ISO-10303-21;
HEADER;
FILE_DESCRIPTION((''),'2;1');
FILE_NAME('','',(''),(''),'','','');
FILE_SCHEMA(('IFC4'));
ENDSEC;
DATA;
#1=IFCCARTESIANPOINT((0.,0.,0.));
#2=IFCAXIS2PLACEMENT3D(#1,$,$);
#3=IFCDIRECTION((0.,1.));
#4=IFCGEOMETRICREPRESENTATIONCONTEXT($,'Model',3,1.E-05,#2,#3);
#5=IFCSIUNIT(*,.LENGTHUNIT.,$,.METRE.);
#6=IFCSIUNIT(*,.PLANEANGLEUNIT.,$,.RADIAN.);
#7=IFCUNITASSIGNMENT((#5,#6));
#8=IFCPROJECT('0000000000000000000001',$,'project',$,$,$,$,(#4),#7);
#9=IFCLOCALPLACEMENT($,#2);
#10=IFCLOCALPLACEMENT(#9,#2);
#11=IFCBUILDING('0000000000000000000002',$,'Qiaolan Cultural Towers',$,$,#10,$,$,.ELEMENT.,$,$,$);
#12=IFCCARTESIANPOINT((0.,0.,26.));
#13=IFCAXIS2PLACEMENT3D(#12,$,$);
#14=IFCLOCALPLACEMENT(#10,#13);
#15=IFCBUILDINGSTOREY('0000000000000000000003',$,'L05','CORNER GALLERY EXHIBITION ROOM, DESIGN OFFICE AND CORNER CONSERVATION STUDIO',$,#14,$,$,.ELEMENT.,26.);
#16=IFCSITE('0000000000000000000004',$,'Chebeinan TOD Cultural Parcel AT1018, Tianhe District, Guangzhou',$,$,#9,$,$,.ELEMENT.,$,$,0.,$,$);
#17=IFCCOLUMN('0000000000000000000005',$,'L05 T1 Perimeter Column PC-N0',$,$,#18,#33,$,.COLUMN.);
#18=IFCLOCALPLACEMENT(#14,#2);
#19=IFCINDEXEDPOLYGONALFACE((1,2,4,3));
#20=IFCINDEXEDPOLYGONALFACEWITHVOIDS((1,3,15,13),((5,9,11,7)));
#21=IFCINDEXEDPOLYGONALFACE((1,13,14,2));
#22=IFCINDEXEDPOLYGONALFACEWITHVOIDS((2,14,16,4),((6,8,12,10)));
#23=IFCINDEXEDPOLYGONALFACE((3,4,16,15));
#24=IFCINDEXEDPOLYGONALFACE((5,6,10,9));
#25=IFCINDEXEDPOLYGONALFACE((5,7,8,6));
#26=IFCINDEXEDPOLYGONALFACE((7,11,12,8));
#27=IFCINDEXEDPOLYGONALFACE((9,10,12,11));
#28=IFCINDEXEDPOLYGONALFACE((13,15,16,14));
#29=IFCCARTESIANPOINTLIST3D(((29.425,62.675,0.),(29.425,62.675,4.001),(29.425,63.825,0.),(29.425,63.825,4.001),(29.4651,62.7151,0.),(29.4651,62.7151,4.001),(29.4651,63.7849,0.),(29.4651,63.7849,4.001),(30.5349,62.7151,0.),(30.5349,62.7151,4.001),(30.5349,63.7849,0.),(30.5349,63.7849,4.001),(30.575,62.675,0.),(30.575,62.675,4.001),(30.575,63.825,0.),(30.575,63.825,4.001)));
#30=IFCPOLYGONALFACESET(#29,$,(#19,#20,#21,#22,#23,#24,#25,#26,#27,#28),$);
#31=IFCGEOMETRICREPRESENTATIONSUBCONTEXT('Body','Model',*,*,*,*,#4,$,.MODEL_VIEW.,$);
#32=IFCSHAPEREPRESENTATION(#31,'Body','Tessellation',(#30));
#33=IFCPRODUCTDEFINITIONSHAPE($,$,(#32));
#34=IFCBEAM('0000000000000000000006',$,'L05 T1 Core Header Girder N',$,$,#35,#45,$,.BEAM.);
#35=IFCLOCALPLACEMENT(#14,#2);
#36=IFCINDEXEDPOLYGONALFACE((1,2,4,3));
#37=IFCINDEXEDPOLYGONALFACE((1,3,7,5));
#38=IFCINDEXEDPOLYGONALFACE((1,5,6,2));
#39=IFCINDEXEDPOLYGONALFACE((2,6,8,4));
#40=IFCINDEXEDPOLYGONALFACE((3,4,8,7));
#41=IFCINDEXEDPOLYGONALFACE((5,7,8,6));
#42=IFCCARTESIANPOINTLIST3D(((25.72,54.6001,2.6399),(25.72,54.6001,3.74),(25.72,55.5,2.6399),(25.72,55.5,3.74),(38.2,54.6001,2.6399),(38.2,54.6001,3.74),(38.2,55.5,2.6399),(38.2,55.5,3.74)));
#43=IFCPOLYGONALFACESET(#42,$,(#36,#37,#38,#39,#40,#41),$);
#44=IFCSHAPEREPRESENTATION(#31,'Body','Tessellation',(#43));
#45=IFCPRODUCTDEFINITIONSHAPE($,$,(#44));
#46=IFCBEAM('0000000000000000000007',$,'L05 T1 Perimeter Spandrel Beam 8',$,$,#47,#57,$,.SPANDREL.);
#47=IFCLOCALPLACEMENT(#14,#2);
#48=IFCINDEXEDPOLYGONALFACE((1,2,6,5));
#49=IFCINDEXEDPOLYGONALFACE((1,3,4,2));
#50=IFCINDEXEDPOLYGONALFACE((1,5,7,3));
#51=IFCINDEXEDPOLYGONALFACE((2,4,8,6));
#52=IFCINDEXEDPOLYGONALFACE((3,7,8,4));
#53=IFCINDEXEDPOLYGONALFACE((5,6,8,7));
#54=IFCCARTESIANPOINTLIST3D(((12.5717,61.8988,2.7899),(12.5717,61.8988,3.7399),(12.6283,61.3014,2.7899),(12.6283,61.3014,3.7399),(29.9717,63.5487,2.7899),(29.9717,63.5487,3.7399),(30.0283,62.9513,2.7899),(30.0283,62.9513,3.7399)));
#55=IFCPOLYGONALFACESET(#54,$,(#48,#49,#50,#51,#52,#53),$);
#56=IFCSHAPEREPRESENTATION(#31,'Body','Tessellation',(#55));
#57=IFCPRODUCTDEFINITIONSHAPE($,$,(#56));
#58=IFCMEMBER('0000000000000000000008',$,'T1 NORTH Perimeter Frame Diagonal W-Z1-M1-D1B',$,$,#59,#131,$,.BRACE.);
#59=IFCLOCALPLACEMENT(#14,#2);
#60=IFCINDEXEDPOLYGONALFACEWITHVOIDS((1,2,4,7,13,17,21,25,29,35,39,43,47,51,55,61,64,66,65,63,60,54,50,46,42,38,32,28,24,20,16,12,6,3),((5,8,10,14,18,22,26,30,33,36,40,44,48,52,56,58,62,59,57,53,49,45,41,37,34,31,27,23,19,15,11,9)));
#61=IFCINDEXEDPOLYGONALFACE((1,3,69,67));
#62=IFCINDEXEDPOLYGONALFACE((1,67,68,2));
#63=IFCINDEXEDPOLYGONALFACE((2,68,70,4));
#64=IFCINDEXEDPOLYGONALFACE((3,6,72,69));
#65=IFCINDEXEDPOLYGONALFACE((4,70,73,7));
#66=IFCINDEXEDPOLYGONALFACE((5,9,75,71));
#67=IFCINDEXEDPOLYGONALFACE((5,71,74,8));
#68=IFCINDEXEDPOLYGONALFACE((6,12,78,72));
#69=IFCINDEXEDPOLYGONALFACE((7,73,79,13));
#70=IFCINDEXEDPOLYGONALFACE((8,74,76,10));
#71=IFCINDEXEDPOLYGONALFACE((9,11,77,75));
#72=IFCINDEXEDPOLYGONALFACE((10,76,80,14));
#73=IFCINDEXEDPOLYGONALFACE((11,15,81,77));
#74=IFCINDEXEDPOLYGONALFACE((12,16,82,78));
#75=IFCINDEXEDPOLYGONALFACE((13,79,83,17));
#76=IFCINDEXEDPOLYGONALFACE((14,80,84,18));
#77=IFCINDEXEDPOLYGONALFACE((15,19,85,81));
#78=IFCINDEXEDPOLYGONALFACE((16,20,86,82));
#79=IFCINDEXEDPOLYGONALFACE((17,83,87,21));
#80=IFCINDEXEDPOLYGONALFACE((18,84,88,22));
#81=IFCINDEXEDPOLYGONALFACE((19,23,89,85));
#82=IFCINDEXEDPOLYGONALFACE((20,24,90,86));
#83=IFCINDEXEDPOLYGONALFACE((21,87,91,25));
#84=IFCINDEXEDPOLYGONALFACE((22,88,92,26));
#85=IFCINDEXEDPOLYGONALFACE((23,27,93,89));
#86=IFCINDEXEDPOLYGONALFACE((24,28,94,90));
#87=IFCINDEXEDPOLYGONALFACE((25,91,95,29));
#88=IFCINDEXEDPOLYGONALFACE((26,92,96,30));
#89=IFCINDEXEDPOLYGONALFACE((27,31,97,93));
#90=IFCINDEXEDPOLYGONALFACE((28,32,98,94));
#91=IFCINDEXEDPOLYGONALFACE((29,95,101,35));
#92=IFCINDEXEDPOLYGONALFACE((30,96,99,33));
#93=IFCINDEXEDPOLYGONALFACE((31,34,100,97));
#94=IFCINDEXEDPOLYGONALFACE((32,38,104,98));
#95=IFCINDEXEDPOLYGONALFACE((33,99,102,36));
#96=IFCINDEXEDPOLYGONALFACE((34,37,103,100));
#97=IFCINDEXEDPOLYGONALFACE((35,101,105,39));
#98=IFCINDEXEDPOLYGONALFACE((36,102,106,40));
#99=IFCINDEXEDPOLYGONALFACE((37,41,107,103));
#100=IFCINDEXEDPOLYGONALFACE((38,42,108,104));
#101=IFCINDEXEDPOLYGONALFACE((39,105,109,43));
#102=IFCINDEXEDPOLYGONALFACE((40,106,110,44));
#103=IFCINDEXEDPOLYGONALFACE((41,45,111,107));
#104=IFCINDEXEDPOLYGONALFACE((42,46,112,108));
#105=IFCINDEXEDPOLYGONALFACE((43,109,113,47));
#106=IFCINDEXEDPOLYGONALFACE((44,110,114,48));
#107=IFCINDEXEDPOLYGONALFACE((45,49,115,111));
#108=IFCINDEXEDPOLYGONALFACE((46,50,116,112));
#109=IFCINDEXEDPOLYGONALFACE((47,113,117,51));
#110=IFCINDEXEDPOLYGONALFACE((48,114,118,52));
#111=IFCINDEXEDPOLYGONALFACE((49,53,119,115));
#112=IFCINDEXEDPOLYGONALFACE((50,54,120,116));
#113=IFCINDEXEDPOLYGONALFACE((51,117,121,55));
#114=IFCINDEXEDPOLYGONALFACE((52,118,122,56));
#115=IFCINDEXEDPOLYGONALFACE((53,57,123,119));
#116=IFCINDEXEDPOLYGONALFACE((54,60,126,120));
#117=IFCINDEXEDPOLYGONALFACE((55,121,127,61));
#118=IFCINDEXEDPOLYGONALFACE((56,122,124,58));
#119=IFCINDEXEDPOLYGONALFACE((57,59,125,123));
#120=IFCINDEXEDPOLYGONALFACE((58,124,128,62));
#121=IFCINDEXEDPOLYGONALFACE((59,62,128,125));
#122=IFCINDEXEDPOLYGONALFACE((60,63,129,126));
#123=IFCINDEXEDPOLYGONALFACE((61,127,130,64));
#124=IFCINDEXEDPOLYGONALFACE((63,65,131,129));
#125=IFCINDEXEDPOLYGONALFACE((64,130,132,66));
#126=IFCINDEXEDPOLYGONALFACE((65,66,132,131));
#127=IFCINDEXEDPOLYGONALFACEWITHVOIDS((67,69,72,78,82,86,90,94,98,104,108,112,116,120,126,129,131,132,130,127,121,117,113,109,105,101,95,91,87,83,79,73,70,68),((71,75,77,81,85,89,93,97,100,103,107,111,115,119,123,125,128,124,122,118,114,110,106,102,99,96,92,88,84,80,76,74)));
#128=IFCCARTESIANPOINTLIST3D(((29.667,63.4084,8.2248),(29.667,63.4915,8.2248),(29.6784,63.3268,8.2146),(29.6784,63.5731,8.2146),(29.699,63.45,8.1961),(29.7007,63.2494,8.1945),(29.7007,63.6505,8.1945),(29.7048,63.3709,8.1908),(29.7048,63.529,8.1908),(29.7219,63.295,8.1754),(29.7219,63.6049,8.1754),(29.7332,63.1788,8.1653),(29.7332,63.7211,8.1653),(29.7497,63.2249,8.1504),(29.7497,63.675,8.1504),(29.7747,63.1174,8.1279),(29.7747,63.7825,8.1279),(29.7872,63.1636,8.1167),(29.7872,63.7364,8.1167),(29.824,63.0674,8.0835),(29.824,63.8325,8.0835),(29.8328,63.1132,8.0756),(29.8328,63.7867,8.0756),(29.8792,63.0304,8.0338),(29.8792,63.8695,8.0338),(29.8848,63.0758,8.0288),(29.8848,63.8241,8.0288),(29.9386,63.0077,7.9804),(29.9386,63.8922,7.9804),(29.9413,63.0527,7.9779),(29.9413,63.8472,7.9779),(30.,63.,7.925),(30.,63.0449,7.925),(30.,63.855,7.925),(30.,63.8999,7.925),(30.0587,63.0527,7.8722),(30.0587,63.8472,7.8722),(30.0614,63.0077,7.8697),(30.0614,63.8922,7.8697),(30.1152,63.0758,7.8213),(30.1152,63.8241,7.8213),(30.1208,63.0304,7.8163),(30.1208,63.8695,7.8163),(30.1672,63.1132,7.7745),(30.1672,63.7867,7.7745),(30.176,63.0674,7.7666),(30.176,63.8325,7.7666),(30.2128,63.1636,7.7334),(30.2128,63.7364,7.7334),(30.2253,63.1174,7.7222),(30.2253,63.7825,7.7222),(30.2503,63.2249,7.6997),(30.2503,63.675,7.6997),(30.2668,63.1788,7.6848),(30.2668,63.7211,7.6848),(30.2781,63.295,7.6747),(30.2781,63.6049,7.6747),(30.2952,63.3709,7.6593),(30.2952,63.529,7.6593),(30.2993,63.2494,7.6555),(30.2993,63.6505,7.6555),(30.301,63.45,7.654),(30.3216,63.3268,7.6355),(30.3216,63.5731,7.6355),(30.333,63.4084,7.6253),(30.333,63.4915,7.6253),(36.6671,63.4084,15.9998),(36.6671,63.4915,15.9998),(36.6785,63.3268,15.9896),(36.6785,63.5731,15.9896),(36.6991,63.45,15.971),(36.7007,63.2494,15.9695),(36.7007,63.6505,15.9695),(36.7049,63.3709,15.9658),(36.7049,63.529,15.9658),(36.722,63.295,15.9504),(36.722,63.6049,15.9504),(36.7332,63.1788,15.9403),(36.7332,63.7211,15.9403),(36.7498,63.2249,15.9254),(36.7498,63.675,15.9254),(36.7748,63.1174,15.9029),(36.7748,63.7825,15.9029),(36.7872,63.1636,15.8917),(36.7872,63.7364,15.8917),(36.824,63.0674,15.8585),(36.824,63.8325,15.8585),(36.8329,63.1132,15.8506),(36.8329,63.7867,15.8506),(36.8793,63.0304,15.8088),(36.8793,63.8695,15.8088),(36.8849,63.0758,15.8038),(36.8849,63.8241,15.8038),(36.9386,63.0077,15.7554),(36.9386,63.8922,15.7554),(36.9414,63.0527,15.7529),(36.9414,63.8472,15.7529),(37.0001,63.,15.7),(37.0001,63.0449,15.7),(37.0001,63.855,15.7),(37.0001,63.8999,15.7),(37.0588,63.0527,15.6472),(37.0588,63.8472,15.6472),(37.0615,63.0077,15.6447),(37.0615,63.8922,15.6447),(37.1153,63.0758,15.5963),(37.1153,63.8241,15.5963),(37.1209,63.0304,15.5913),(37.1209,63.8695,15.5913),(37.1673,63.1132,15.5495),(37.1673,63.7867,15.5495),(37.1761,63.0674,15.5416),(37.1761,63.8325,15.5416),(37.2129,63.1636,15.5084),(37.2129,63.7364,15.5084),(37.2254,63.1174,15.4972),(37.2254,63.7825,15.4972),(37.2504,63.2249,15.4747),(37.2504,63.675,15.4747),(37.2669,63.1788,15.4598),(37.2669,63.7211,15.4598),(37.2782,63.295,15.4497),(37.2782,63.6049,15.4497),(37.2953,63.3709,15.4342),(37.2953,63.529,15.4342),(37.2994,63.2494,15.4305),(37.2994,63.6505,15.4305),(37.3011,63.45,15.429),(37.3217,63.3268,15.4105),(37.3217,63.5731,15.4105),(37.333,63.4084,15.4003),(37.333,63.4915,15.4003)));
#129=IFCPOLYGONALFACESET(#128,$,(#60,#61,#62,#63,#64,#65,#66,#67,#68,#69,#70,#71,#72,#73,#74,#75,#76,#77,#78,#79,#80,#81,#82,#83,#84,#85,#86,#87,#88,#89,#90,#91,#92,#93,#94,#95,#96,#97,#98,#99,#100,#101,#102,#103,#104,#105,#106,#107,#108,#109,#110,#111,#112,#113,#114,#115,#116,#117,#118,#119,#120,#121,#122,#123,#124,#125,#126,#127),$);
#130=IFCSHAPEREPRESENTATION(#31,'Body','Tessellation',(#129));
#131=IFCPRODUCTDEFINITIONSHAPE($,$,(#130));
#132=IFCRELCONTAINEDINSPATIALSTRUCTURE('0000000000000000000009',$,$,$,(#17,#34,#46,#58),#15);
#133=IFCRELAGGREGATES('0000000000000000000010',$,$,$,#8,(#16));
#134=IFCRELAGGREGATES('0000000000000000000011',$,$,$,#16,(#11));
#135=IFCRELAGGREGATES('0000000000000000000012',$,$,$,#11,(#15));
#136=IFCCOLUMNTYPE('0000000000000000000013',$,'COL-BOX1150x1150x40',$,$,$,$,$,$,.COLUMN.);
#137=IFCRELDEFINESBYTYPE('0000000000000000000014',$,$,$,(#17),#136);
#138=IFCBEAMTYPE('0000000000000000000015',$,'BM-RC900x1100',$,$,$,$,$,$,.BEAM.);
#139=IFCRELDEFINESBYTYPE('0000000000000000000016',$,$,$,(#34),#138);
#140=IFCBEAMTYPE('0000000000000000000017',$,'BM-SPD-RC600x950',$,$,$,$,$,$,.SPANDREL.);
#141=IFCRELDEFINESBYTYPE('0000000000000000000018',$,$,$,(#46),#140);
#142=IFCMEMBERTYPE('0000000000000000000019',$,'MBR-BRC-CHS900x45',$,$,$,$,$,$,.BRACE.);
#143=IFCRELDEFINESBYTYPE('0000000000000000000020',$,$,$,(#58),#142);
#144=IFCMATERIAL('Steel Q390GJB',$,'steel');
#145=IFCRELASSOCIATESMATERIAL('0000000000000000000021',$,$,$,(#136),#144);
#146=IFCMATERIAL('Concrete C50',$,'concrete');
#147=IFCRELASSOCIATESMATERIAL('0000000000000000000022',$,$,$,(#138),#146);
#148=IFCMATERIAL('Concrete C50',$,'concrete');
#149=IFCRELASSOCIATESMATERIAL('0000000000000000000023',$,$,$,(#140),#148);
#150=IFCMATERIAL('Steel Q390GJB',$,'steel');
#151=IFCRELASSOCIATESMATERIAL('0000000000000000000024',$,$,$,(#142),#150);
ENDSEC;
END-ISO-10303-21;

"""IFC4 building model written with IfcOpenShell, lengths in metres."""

from ifc_helpers import new_model, si_unit, direction, frame, origin, origin_2d, place, context, subcontext, project, spatial, rectangle, hollow_rectangle, hollow_circle, extrude, material, material_profile, profile_set, type_object, element, save


model = new_model("IFC4")

# Units and contexts
model_context = context("Model", 3, precision=1e-05, world=origin(), true_north=direction((0.0, 1.0)))
body_context = subcontext(model_context, "Body", "Model", "MODEL_VIEW")
ifc_project = project(units=[si_unit("LENGTHUNIT", "METRE"), si_unit("PLANEANGLEUNIT", "RADIAN")], contexts=[model_context])

# Site, building, storey
site_placement = place(None, origin())
site = spatial("IfcSite", under=ifc_project, at=site_placement, Name="Chebeinan TOD Cultural Parcel AT1018, Tianhe District, Guangzhou", CompositionType="ELEMENT", RefElevation=0.0)
building_placement = place(site_placement, origin())
building = spatial("IfcBuilding", under=site, at=building_placement, Name="Qiaolan Cultural Towers", CompositionType="ELEMENT")
storey_placement = place(building_placement, frame((0.0, 0.0, 26.0)))
storey = spatial("IfcBuildingStorey", under=building, at=storey_placement, Name="L05", Description="CORNER GALLERY EXHIBITION ROOM, DESIGN OFFICE AND CORNER CONSERVATION STUDIO", CompositionType="ELEMENT", Elevation=26.0)

# Column
ifc_material_1 = material(Name="Steel Q390GJB", Category="steel")
ifc_material_profile_1 = material_profile(ifc_material_1, hollow_rectangle(XDim=1.1499, YDim=1.1499, WallThickness=0.04, at=origin_2d()), Name="BOX1150x1150x40")
ifc_profile_set_1 = profile_set([ifc_material_profile_1], Name="Steel Q390GJB")
column_type = type_object("IfcColumnType", Name="COL-BOX1150x1150x40", PredefinedType="COLUMN", material=ifc_profile_set_1)
column_placement = place(storey_placement, frame((30.0, 63.25, 0.0), z_axis=(0.0, 0.0, 1.0), x_axis=(1.0, 0.0, 0.0)))
element("IfcColumn", 1, at=column_placement, inside=storey, type_object=column_type, Name="L05 T1 Perimeter Column PC-N0", PredefinedType="COLUMN", context=body_context, shape_type="SweptSolid", body=[
    extrude(hollow_rectangle(XDim=1.1499, YDim=1.1499, WallThickness=0.04, at=origin_2d()), origin(), (0.0, 0.0, 1.0), 4.001),
])

# Beams
ifc_material_2 = material(Name="Concrete C50", Category="concrete")
ifc_material_profile_2 = material_profile(ifc_material_2, rectangle(XDim=0.8999, YDim=1.1001, at=origin_2d()), Name="RC900x1100")
ifc_profile_set_2 = profile_set([ifc_material_profile_2], Name="Concrete C50")
beam_type_1 = type_object("IfcBeamType", Name="BM-RC900x1100", PredefinedType="BEAM", material=ifc_profile_set_2)
beam_1_placement = place(storey_placement, frame((25.72, 55.05, 3.1899), z_axis=(1.0, 0.0, 0.0), x_axis=(0.0, 1.0, 0.0)))
element("IfcBeam", 2, at=beam_1_placement, inside=storey, type_object=beam_type_1, Name="L05 T1 Core Header Girder N", PredefinedType="BEAM", context=body_context, shape_type="SweptSolid", body=[
    extrude(rectangle(XDim=0.8999, YDim=1.1001, at=origin_2d()), origin(), (0.0, 0.0, 1.0), 12.48),
])
ifc_material_3 = material(Name="Concrete C50", Category="concrete")
ifc_material_profile_3 = material_profile(ifc_material_3, rectangle(XDim=0.6001, YDim=0.95, at=origin_2d()), Name="RC600x950")
ifc_profile_set_3 = profile_set([ifc_material_profile_3], Name="Concrete C50")
beam_type_2 = type_object("IfcBeamType", Name="BM-SPD-RC600x950", PredefinedType="SPANDREL", material=ifc_profile_set_3)
beam_2_placement = place(storey_placement, frame((30.0, 63.25, 3.2649), z_axis=(-0.995534, -0.094399, 0.0), x_axis=(0.094399, -0.995534, 0.0)))
element("IfcBeam", 3, at=beam_2_placement, inside=storey, type_object=beam_type_2, Name="L05 T1 Perimeter Spandrel Beam 8", PredefinedType="SPANDREL", context=body_context, shape_type="SweptSolid", body=[
    extrude(rectangle(XDim=0.6001, YDim=0.95, at=origin_2d()), origin(), (0.0, 0.0, 1.0), 17.478),
])

# Member
ifc_material_4 = material(Name="Steel Q390GJB", Category="steel")
ifc_material_profile_4 = material_profile(ifc_material_4, hollow_circle(Radius=0.45, WallThickness=0.0449, at=origin_2d()), Name="CHS900x45")
ifc_profile_set_4 = profile_set([ifc_material_profile_4], Name="Steel Q390GJB")
member_type = type_object("IfcMemberType", Name="MBR-BRC-CHS900x45", PredefinedType="BRACE", material=ifc_profile_set_4)
for number, where, z_axis, x_axis, name in (
    (4, (30.0, 63.45, 7.925), (0.669101, 0.0, 0.743171), (0.0, 1.0, 0.0), "T1 NORTH Perimeter Frame Diagonal W-Z1-M1-D1B"),
):
    element("IfcMember", number, at=place(storey_placement, frame(where, z_axis=z_axis, x_axis=x_axis)), inside=storey, type_object=member_type, Name=name, PredefinedType="BRACE", context=body_context, shape_type="SweptSolid", body=[
        extrude(hollow_circle(Radius=0.45, WallThickness=0.0449, at=origin_2d()), origin(), (0.0, 0.0, 1.0), 10.4619),
    ])

save(model, "model.ifc")
